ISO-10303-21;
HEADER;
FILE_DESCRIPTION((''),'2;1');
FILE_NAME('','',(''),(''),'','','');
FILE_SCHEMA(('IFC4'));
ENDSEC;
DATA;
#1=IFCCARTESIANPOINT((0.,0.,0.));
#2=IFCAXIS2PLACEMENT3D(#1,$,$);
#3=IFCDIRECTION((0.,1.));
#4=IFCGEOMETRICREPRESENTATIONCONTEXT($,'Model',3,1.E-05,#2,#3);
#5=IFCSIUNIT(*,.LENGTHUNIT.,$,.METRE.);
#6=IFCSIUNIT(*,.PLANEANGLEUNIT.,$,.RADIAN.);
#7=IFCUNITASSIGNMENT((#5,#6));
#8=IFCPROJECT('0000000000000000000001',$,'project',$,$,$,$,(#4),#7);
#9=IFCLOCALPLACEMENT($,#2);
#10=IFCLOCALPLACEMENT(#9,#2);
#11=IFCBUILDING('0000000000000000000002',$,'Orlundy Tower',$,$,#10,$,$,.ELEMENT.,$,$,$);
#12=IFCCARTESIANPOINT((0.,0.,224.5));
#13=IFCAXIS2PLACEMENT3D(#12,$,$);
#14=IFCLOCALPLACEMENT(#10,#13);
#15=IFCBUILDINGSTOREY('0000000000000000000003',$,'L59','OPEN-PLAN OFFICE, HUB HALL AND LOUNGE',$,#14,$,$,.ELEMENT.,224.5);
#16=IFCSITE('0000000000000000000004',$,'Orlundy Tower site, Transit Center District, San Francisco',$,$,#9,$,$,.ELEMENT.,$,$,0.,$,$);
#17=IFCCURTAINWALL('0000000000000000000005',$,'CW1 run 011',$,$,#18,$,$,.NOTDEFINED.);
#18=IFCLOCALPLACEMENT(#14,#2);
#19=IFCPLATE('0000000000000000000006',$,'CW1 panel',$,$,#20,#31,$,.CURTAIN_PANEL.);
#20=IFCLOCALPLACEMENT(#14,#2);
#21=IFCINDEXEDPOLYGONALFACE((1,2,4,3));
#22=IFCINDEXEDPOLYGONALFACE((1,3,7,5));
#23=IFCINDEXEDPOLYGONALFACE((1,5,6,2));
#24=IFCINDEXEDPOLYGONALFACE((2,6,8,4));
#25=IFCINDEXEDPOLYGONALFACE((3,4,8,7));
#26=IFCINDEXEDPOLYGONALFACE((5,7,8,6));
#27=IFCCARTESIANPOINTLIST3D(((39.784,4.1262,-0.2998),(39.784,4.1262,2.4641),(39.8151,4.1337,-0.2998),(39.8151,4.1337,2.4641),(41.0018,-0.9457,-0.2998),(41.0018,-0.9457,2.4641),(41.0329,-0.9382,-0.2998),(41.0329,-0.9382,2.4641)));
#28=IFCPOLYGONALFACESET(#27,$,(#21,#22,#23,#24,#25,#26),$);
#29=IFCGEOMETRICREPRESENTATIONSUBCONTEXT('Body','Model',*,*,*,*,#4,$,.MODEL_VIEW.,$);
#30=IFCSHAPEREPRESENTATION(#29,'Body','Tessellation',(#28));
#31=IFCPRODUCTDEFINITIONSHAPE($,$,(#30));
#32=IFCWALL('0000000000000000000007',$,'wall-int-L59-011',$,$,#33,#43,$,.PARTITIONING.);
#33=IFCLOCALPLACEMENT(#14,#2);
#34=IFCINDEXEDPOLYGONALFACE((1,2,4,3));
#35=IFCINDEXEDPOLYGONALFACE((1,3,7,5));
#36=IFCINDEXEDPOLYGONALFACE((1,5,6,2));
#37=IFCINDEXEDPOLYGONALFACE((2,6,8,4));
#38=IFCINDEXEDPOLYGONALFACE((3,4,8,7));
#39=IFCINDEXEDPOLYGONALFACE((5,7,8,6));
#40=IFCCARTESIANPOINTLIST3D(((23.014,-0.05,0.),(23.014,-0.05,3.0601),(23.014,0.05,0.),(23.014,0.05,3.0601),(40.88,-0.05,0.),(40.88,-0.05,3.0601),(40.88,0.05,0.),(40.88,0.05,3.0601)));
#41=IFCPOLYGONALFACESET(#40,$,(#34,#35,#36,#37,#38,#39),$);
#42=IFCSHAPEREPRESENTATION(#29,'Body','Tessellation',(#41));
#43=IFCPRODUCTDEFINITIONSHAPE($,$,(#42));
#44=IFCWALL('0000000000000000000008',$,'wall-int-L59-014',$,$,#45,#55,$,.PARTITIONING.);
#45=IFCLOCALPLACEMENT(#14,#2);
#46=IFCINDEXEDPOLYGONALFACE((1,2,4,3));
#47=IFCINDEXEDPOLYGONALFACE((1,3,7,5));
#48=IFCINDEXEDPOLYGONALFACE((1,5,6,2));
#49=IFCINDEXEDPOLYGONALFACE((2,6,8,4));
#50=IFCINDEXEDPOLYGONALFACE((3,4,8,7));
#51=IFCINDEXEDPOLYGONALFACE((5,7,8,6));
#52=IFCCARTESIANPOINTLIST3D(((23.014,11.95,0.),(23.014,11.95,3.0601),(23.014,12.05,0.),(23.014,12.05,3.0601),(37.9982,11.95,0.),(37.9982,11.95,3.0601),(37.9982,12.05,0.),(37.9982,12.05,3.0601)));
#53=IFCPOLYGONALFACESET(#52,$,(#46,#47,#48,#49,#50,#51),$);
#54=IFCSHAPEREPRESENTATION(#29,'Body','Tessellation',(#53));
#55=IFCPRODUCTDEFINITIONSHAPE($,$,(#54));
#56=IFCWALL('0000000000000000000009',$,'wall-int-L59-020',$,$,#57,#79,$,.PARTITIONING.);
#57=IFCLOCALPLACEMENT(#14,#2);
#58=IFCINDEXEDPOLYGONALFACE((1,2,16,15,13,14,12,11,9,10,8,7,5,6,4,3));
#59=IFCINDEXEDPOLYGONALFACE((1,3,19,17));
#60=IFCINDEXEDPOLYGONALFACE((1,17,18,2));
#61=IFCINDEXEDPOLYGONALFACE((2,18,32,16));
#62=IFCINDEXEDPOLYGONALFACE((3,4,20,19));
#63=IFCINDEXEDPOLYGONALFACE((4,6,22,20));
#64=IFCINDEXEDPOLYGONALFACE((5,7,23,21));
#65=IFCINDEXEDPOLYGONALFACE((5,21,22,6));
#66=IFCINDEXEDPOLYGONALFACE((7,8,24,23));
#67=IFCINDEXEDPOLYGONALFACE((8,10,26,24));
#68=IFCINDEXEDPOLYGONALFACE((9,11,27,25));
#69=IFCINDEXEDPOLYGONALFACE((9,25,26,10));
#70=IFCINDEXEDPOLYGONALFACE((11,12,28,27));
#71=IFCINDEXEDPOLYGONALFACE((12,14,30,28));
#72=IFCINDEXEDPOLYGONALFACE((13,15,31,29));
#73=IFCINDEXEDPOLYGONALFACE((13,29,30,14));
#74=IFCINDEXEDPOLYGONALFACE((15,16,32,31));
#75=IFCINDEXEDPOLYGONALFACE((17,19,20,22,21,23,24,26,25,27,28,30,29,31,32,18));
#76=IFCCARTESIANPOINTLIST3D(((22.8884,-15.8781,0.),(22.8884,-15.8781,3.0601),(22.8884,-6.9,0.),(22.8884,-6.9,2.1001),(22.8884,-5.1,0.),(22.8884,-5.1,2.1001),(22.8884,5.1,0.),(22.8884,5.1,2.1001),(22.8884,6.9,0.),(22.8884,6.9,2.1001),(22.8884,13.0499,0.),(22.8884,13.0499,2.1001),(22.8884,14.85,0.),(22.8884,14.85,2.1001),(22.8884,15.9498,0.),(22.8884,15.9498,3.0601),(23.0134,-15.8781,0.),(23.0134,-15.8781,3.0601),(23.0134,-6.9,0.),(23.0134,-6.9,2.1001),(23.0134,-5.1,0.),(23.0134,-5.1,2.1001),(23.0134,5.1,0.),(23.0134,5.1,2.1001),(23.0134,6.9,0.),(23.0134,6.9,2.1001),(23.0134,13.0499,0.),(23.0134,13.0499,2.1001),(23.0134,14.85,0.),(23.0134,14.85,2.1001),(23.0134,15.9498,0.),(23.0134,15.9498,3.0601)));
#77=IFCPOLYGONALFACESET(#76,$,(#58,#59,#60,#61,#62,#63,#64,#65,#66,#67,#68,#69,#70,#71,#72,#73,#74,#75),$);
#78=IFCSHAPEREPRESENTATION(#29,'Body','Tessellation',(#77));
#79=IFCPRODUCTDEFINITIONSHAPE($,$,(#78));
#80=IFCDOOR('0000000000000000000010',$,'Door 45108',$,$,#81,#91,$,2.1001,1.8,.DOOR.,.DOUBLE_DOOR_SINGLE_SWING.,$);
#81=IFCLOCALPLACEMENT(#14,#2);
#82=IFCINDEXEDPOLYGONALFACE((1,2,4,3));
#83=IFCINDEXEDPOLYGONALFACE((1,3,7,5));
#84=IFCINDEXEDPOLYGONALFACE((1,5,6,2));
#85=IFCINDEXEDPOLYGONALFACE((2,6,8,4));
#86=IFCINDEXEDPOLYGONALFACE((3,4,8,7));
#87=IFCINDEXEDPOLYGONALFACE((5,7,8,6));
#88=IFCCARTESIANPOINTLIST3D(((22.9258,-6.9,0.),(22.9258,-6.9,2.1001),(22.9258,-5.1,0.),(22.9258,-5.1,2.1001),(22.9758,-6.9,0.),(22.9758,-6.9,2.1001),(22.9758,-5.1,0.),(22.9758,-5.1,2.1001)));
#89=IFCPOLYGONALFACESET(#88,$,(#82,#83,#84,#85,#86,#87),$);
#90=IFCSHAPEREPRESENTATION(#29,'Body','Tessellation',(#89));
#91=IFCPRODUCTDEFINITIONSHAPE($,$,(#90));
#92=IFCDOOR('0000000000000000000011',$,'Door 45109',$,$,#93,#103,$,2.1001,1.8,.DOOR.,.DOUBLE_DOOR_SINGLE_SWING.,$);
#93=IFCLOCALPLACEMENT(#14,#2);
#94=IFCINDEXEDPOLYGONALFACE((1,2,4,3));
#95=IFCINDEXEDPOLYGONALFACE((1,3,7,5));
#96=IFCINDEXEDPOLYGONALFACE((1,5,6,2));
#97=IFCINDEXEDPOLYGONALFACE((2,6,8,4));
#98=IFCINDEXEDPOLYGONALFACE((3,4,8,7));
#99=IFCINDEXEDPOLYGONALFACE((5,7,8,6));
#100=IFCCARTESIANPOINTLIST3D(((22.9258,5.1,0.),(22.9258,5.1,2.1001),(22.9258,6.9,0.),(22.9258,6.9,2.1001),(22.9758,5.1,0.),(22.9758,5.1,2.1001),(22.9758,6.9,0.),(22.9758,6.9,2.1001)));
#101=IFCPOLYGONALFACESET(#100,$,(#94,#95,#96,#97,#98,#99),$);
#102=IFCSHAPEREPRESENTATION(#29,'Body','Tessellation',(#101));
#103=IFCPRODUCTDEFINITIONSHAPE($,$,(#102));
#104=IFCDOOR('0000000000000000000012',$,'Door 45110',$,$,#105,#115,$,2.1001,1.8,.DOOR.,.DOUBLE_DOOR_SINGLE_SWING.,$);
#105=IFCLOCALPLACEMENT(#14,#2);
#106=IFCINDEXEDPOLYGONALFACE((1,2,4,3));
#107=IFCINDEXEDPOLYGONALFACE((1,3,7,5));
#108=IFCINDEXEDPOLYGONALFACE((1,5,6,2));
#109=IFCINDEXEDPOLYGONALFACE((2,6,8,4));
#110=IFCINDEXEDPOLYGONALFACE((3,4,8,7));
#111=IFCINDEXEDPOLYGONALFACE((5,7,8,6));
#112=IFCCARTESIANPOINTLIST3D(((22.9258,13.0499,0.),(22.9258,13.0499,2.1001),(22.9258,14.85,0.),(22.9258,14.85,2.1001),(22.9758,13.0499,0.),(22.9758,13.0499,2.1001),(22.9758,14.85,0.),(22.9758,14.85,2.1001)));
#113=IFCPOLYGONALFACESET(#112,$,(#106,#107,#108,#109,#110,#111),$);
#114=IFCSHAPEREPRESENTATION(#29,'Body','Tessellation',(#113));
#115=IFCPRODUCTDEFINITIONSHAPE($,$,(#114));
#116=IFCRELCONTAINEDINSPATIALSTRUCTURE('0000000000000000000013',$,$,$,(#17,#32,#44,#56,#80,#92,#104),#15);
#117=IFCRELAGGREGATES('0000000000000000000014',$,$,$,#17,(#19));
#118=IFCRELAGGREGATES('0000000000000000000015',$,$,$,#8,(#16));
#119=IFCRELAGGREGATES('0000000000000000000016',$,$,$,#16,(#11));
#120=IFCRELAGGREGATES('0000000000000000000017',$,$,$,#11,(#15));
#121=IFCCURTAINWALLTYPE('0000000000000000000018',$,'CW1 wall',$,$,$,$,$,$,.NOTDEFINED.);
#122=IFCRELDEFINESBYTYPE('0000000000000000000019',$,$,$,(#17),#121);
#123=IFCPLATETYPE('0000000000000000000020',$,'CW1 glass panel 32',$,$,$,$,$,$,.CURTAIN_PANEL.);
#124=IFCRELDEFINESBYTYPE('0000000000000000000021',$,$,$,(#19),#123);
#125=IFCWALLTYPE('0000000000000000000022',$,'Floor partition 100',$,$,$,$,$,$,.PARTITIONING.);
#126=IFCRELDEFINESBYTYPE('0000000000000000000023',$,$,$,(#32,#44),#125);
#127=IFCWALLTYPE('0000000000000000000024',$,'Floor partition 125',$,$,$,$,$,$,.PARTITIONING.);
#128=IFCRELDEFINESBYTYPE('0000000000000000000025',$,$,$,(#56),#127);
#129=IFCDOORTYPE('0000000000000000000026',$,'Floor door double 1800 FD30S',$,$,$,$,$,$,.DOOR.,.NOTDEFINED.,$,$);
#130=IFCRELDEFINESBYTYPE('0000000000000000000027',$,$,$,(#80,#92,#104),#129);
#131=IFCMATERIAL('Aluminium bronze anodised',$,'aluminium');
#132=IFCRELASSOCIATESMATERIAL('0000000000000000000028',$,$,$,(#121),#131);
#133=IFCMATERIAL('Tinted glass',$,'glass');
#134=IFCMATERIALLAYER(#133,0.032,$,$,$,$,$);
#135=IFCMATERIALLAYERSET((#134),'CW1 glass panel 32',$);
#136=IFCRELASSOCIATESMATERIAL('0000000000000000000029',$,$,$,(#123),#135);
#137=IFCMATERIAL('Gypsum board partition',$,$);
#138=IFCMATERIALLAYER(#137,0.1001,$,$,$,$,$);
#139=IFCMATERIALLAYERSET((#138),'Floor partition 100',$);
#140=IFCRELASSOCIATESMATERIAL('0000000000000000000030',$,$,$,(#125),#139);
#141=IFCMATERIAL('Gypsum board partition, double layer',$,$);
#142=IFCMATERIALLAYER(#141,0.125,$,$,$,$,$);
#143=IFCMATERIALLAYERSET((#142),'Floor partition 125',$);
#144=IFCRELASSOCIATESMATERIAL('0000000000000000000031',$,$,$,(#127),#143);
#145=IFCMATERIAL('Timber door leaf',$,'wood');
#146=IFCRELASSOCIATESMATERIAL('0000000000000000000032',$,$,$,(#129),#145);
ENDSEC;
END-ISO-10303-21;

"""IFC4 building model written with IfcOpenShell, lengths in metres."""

from ifc_helpers import new_model, si_unit, direction, frame, frame_2d, origin, origin_2d, place, context, subcontext, project, spatial, rectangle, extrude, material, layer, layer_set, type_object, element, fill, aggregate, save


model = new_model("IFC4")

# Units and contexts
model_context = context("Model", 3, precision=1e-05, world=origin(), true_north=direction((0.0, 1.0)))
body_context = subcontext(model_context, "Body", "Model", "MODEL_VIEW")
ifc_project = project(units=[si_unit("LENGTHUNIT", "METRE"), si_unit("PLANEANGLEUNIT", "RADIAN")], contexts=[model_context])

# Site, building, storey
site_placement = place(None, origin())
site = spatial("IfcSite", under=ifc_project, at=site_placement, Name="Orlundy Tower site, Transit Center District, San Francisco", CompositionType="ELEMENT", RefElevation=0.0)
building_placement = place(site_placement, origin())
building = spatial("IfcBuilding", under=site, at=building_placement, Name="Orlundy Tower", CompositionType="ELEMENT")
storey_placement = place(building_placement, frame((0.0, 0.0, 224.5)))
storey = spatial("IfcBuildingStorey", under=building, at=storey_placement, Name="L59", Description="OPEN-PLAN OFFICE, HUB HALL AND LOUNGE", CompositionType="ELEMENT", Elevation=224.5)

# Curtain wall
ifc_material_1 = material(Name="Aluminium bronze anodised", Category="aluminium")
curtain_wall_type = type_object("IfcCurtainWallType", Name="CW1 wall", PredefinedType="NOTDEFINED", material=ifc_material_1)
curtain_wall_1_placement = place(storey_placement, origin())
curtain_wall_1 = element("IfcCurtainWall", 1, at=curtain_wall_1_placement, inside=storey, type_object=curtain_wall_type, Name="CW1 run 011", PredefinedType="NOTDEFINED")

# Plate
ifc_material_2 = material(Name="Tinted glass", Category="glass")
ifc_layer_1 = layer(ifc_material_2, 0.032)
ifc_layer_set_1 = layer_set([ifc_layer_1], Name="CW1 glass panel 32")
plate_type = type_object("IfcPlateType", Name="CW1 glass panel 32", PredefinedType="CURTAIN_PANEL", material=ifc_layer_set_1)
plate_1_placement = place(storey_placement, frame((40.4084, 1.594, -0.2998), z_axis=(0.0, 0.0, 1.0), x_axis=(0.233472, -0.972364, 0.0)))
plate_1 = element("IfcPlate", 2, at=plate_1_placement, type_object=plate_type, Name="CW1 panel", PredefinedType="CURTAIN_PANEL", context=body_context, shape_type="SweptSolid", body=[
    extrude(rectangle(XDim=5.2161, YDim=0.032, at=origin_2d()), origin(), (0.0, 0.0, 1.0), 2.7639),
])
aggregate(curtain_wall_1, [plate_1])

# Walls
ifc_material_3 = material(Name="Gypsum board partition")
ifc_layer_2 = layer(ifc_material_3, 0.1001)
ifc_layer_set_2 = layer_set([ifc_layer_2], Name="Floor partition 100")
wall_type_1 = type_object("IfcWallType", Name="Floor partition 100", PredefinedType="PARTITIONING", material=ifc_layer_set_2)
wall_1_placement = place(storey_placement, frame((23.0139, 0.0, 0.0), z_axis=(0.0, 0.0, 1.0), x_axis=(1.0, 0.0, 0.0)))
element("IfcWall", 3, at=wall_1_placement, inside=storey, type_object=wall_type_1, Name="wall-int-L59-011", PredefinedType="PARTITIONING", context=body_context, shape_type="SweptSolid", body=[
    extrude(rectangle(XDim=17.866, YDim=0.1001, at=frame_2d((8.9331, 0.0))), origin(), (0.0, 0.0, 1.0), 3.0601),
])
wall_2_placement = place(storey_placement, frame((23.0139, 12.0, 0.0), z_axis=(0.0, 0.0, 1.0), x_axis=(1.0, 0.0, 0.0)))
element("IfcWall", 4, at=wall_2_placement, inside=storey, type_object=wall_type_1, Name="wall-int-L59-014", PredefinedType="PARTITIONING", context=body_context, shape_type="SweptSolid", body=[
    extrude(rectangle(XDim=14.9841, YDim=0.1001, at=frame_2d((7.4922, 0.0))), origin(), (0.0, 0.0, 1.0), 3.0601),
])

# Wall, openings, doors
ifc_material_4 = material(Name="Gypsum board partition, double layer")
ifc_layer_3 = layer(ifc_material_4, 0.125)
ifc_layer_set_3 = layer_set([ifc_layer_3], Name="Floor partition 125")
wall_type_2 = type_object("IfcWallType", Name="Floor partition 125", PredefinedType="PARTITIONING", material=ifc_layer_set_3)
wall_3_placement = place(storey_placement, frame((22.9509, 15.95, 0.0), z_axis=(0.0, 0.0, 1.0), x_axis=(0.0, -1.0, 0.0)))
wall_3 = element("IfcWall", 5, at=wall_3_placement, inside=storey, type_object=wall_type_2, Name="wall-int-L59-020", PredefinedType="PARTITIONING", context=body_context, shape_type="SweptSolid", body=[
    extrude(rectangle(XDim=31.8279, YDim=0.125, at=frame_2d((15.9141, 0.0))), origin(), (0.0, 0.0, 1.0), 3.0601),
])
opening_1_placement = place(wall_3_placement, frame((21.05, 0.0, 0.0)))
opening_1 = element("IfcOpeningElement", 6, at=opening_1_placement, cuts=wall_3, PredefinedType="OPENING", context=body_context, shape_type="SweptSolid", body=[
    extrude(rectangle(XDim=1.8, YDim=2.1001, at=frame_2d((0.8999, 1.05))), frame((0.0, 0.0725, 0.0), z_axis=(0.0, -1.0, 0.0), x_axis=(1.0, 0.0, 0.0)), (0.0, 0.0, 1.0), 0.145),
])
opening_2_placement = place(wall_3_placement, frame((9.05, 0.0, 0.0)))
opening_2 = element("IfcOpeningElement", 7, at=opening_2_placement, cuts=wall_3, PredefinedType="OPENING", context=body_context, shape_type="SweptSolid", body=[
    extrude(rectangle(XDim=1.8, YDim=2.1001, at=frame_2d((0.8999, 1.05))), frame((0.0, 0.0725, 0.0), z_axis=(0.0, -1.0, 0.0), x_axis=(1.0, 0.0, 0.0)), (0.0, 0.0, 1.0), 0.145),
])
opening_3_placement = place(wall_3_placement, frame((1.1001, 0.0, 0.0)))
opening_3 = element("IfcOpeningElement", 8, at=opening_3_placement, cuts=wall_3, PredefinedType="OPENING", context=body_context, shape_type="SweptSolid", body=[
    extrude(rectangle(XDim=1.8, YDim=2.1001, at=frame_2d((0.8999, 1.05))), frame((0.0, 0.0725, 0.0), z_axis=(0.0, -1.0, 0.0), x_axis=(1.0, 0.0, 0.0)), (0.0, 0.0, 1.0), 0.145),
])
ifc_material_5 = material(Name="Timber door leaf", Category="wood")
door_type = type_object("IfcDoorType", Name="Floor door double 1800 FD30S", OperationType="NOTDEFINED", PredefinedType="DOOR", material=ifc_material_5)
door_1_placement = place(opening_1_placement, origin())
door_1 = element("IfcDoor", 9, at=door_1_placement, inside=storey, type_object=door_type, Name="Door 45108", OperationType="DOUBLE_DOOR_SINGLE_SWING", OverallHeight=2.1001, OverallWidth=1.8, PredefinedType="DOOR", context=body_context, shape_type="SweptSolid", body=[
    extrude(rectangle(XDim=1.8, YDim=2.1001, at=frame_2d((0.8999, 1.05))), frame((0.0, 0.0249, 0.0), z_axis=(0.0, -1.0, 0.0), x_axis=(1.0, 0.0, 0.0)), (0.0, 0.0, 1.0), 0.05),
])
fill(opening_1, door_1)
door_2_placement = place(opening_2_placement, origin())
door_2 = element("IfcDoor", 10, at=door_2_placement, inside=storey, type_object=door_type, Name="Door 45109", OperationType="DOUBLE_DOOR_SINGLE_SWING", OverallHeight=2.1001, OverallWidth=1.8, PredefinedType="DOOR", context=body_context, shape_type="SweptSolid", body=[
    extrude(rectangle(XDim=1.8, YDim=2.1001, at=frame_2d((0.8999, 1.05))), frame((0.0, 0.0249, 0.0), z_axis=(0.0, -1.0, 0.0), x_axis=(1.0, 0.0, 0.0)), (0.0, 0.0, 1.0), 0.05),
])
fill(opening_2, door_2)
door_3_placement = place(opening_3_placement, origin())
door_3 = element("IfcDoor", 11, at=door_3_placement, inside=storey, type_object=door_type, Name="Door 45110", OperationType="DOUBLE_DOOR_SINGLE_SWING", OverallHeight=2.1001, OverallWidth=1.8, PredefinedType="DOOR", context=body_context, shape_type="SweptSolid", body=[
    extrude(rectangle(XDim=1.8, YDim=2.1001, at=frame_2d((0.8999, 1.05))), frame((0.0, 0.0249, 0.0), z_axis=(0.0, -1.0, 0.0), x_axis=(1.0, 0.0, 0.0)), (0.0, 0.0, 1.0), 0.05),
])
fill(opening_3, door_3)

save(model, "model.ifc")
